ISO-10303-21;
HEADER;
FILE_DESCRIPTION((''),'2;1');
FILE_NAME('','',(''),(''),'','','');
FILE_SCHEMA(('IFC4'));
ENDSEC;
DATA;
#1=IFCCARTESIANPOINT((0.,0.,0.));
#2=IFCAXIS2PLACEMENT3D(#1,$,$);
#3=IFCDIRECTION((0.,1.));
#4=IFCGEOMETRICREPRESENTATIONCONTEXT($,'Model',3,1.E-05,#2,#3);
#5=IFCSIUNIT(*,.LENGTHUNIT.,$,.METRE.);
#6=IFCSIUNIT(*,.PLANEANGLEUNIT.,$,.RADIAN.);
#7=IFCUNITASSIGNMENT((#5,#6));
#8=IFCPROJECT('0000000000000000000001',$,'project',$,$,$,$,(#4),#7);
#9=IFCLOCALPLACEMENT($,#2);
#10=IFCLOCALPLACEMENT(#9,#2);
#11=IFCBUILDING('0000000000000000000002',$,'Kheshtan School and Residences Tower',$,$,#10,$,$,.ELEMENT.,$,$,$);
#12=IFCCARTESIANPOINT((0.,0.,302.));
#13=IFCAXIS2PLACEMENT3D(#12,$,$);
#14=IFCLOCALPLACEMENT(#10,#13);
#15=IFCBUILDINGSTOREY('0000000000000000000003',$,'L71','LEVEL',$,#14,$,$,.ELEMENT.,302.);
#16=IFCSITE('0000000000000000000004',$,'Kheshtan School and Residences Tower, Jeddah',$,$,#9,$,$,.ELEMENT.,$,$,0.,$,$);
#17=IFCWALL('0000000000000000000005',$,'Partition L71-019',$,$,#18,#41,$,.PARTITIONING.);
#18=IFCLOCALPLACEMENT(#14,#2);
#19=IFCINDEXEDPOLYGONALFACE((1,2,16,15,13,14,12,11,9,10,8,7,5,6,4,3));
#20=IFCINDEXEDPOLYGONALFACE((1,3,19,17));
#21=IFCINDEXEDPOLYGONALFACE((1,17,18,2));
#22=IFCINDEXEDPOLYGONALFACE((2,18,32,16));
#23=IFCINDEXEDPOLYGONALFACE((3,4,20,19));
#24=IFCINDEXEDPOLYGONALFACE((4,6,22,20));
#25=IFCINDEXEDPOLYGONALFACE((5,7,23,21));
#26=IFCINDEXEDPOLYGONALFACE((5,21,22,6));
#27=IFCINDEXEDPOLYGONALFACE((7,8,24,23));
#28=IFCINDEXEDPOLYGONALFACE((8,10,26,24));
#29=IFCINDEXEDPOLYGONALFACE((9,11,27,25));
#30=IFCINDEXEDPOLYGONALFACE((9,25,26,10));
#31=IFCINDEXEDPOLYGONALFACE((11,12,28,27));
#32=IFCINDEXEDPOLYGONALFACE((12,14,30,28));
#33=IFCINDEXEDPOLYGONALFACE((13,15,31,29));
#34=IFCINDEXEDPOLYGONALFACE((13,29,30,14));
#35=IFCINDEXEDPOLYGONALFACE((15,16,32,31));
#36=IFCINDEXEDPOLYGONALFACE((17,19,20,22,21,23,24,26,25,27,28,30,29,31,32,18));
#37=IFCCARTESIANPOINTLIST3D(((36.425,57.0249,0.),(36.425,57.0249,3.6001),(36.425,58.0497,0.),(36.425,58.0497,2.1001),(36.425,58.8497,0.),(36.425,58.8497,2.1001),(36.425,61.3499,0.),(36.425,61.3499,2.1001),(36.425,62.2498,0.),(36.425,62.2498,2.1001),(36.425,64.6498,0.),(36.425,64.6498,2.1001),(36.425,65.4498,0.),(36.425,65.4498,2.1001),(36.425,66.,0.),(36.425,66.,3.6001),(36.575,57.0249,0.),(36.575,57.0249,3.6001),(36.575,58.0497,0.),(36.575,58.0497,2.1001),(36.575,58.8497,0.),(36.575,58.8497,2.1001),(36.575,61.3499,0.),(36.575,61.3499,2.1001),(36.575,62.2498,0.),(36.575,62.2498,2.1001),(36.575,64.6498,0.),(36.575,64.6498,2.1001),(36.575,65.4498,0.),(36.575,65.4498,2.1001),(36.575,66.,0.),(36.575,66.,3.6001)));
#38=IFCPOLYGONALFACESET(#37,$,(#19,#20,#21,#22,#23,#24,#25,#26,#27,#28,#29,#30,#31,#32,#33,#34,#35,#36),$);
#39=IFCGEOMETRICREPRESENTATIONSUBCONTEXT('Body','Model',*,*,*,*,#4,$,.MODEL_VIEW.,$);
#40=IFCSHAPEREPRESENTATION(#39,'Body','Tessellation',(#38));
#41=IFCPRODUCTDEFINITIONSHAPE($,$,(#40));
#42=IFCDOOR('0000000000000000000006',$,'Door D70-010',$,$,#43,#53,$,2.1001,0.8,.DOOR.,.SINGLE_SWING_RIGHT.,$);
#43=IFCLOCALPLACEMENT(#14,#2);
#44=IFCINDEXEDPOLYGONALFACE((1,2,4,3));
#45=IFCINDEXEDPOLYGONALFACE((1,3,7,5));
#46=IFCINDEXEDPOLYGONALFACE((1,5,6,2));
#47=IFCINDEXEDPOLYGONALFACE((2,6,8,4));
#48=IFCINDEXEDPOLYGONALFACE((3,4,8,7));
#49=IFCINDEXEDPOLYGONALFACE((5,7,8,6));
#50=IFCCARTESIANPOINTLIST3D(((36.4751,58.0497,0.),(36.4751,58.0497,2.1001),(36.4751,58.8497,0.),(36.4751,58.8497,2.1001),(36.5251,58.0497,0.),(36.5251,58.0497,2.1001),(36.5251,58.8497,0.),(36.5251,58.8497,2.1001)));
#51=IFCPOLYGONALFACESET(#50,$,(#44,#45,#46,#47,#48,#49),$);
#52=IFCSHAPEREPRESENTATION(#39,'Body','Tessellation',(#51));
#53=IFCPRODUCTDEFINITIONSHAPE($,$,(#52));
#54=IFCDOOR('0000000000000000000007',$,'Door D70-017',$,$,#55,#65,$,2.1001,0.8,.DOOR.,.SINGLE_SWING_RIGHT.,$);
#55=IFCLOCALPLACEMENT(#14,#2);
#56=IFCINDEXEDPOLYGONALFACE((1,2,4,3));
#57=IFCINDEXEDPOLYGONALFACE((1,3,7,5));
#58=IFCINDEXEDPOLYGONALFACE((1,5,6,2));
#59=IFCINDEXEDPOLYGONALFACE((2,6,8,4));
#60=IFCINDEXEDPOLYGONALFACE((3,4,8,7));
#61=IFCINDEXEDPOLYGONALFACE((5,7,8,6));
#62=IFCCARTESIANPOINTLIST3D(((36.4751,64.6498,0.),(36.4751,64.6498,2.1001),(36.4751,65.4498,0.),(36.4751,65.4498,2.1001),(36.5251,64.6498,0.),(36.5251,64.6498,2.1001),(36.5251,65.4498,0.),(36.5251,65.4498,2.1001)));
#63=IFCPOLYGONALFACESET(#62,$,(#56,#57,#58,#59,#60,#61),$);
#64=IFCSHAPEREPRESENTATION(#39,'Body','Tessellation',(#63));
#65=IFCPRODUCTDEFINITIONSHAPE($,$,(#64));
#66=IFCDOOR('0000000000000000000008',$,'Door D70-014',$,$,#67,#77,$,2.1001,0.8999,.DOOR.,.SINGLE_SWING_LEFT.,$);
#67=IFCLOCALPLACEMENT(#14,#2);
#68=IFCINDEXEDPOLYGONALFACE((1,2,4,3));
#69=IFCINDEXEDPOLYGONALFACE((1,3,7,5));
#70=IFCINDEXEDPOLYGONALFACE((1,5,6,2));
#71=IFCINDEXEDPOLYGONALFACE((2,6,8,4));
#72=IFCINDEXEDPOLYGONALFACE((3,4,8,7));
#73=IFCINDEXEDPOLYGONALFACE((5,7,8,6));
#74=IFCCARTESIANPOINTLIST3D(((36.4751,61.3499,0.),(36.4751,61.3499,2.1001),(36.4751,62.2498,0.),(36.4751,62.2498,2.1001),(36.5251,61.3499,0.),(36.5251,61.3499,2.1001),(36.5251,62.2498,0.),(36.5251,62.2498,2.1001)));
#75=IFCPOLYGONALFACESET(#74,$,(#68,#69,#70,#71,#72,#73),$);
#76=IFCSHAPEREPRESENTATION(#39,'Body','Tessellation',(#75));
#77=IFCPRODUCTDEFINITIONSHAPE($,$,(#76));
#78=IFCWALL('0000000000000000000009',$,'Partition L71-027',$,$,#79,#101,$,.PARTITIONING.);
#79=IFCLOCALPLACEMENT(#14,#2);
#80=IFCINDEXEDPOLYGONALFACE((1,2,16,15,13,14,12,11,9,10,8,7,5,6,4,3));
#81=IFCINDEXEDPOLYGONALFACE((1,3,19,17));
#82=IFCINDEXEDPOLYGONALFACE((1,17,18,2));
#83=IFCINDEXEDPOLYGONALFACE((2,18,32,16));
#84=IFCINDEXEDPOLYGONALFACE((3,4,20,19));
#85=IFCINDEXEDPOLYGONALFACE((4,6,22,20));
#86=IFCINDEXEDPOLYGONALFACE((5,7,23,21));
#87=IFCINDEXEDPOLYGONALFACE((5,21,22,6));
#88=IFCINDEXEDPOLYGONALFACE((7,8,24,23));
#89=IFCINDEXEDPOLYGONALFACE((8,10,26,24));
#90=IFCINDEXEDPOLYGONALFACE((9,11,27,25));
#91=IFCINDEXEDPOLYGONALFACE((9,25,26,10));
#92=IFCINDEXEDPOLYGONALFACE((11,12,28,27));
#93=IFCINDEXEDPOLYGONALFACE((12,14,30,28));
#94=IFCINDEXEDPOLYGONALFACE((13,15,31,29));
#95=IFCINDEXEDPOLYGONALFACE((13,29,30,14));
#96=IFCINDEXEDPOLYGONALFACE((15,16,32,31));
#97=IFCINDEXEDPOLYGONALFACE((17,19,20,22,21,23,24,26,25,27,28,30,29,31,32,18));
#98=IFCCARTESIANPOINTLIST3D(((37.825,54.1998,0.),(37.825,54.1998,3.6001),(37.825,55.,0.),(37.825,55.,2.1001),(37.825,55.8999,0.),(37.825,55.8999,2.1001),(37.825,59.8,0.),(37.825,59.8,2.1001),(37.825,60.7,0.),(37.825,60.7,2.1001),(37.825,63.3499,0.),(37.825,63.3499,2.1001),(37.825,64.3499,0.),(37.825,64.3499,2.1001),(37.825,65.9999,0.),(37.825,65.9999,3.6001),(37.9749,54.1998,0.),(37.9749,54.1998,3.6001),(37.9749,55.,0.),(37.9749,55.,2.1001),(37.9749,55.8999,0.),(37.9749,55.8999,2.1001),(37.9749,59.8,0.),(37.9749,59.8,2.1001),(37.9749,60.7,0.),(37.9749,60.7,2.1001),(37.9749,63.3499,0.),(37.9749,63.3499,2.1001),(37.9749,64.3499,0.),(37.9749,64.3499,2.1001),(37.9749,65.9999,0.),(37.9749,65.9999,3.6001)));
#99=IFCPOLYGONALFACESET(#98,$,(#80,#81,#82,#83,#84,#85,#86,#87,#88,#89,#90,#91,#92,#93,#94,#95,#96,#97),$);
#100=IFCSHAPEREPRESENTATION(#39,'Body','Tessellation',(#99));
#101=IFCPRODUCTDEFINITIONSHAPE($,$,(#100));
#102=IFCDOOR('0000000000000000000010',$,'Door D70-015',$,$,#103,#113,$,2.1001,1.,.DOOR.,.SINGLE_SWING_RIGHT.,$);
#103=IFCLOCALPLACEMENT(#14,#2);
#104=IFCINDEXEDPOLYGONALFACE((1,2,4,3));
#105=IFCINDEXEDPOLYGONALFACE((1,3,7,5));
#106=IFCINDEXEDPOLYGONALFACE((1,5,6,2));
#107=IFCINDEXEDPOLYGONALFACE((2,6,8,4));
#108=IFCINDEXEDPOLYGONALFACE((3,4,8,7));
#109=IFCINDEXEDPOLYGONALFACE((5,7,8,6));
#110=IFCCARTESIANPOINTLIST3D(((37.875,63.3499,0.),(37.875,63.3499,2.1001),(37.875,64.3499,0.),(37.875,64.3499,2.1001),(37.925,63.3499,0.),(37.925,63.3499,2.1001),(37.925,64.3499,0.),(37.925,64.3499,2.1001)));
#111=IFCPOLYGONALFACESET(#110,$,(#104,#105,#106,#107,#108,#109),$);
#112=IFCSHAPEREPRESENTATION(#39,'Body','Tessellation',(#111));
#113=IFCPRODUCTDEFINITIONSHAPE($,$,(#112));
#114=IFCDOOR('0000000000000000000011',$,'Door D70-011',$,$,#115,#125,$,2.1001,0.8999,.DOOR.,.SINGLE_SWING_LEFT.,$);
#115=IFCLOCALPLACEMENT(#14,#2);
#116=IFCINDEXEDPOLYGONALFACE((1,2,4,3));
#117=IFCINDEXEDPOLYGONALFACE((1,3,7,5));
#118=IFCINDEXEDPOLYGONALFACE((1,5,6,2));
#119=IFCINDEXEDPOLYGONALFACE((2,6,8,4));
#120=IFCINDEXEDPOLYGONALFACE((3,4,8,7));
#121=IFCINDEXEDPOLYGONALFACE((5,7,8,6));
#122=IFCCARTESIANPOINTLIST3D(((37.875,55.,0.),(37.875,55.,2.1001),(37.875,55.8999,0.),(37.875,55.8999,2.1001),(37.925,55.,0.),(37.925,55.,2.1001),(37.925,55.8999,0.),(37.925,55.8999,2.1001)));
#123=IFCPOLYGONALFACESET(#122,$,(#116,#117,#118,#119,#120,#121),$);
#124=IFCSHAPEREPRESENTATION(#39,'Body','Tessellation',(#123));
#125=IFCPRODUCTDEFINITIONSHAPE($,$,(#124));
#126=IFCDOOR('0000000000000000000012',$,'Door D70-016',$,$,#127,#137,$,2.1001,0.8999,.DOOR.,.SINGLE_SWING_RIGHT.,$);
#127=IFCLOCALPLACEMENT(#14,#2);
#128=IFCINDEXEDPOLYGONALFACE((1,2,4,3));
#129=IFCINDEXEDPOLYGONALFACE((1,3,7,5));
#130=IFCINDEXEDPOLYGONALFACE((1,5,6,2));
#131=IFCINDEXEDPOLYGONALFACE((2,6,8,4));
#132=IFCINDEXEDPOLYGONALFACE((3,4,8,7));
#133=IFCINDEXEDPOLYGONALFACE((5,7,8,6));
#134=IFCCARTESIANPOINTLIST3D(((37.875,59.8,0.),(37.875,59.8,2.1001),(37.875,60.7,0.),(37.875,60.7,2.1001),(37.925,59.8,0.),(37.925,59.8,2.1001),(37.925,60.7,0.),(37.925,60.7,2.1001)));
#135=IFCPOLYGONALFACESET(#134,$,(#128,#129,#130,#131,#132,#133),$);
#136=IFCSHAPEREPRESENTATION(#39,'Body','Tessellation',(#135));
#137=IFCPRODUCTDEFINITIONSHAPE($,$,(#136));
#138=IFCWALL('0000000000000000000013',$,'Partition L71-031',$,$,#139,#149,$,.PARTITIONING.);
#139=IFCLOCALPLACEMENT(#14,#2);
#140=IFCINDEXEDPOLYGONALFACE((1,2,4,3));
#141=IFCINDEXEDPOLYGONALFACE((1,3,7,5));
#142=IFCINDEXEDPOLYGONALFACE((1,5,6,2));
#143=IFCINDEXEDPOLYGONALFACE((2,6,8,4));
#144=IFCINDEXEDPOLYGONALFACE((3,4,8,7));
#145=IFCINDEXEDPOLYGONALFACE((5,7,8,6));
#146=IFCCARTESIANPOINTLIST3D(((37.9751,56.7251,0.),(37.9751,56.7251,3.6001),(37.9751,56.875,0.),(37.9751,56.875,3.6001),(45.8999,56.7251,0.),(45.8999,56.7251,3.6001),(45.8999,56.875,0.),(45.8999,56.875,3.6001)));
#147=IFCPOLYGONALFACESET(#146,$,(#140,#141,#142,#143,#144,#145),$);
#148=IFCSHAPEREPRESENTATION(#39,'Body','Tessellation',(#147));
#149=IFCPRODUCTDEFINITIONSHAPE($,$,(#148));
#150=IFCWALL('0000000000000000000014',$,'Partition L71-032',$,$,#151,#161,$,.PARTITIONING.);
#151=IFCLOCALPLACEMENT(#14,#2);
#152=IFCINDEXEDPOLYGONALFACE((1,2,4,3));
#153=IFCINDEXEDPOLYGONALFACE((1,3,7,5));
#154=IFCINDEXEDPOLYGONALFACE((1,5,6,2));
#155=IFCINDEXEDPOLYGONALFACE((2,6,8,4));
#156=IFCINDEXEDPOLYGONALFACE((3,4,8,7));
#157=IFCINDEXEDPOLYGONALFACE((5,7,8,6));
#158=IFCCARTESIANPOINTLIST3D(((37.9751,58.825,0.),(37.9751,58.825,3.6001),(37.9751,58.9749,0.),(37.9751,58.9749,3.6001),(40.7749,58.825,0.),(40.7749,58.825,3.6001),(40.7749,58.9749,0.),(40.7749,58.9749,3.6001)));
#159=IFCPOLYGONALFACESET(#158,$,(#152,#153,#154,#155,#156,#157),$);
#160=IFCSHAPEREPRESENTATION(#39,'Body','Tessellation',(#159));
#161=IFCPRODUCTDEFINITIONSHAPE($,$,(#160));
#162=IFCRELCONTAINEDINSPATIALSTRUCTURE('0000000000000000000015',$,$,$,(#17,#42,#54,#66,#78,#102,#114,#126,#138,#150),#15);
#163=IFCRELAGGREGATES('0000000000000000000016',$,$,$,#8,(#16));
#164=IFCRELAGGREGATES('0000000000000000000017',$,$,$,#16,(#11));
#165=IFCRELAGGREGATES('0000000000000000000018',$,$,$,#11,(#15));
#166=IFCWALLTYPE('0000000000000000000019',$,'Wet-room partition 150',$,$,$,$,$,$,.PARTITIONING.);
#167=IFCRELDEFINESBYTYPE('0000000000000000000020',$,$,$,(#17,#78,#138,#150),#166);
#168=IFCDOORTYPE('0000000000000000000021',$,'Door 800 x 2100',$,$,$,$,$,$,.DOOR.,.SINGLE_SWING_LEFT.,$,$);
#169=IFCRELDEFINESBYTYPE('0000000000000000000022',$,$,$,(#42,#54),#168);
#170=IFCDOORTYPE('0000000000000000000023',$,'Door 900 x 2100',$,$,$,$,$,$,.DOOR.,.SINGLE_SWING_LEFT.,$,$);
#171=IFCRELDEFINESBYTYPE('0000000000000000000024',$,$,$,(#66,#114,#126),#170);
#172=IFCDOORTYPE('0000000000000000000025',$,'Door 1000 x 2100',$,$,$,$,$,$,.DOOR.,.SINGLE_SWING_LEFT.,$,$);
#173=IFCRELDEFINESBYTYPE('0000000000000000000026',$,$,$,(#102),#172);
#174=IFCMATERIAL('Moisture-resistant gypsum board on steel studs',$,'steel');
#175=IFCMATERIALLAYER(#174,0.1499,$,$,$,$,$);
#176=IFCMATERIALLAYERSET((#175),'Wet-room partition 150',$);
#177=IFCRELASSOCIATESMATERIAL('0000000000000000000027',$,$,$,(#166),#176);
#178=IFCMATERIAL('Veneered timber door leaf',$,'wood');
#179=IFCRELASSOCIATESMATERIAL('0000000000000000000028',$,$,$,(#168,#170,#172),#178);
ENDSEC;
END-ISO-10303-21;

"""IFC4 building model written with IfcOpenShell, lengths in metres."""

from ifc_helpers import new_model, si_unit, direction, frame, frame_2d, origin, place, context, subcontext, project, spatial, rectangle, extrude, source, transform, mapped, material, layer, layer_set, type_object, element, fill, save


model = new_model("IFC4")

# Units and contexts
model_context = context("Model", 3, precision=1e-05, world=origin(), true_north=direction((0.0, 1.0)))
body_context = subcontext(model_context, "Body", "Model", "MODEL_VIEW")
ifc_project = project(units=[si_unit("LENGTHUNIT", "METRE"), si_unit("PLANEANGLEUNIT", "RADIAN")], contexts=[model_context])

# Site, building, storey
site_placement = place(None, origin())
site = spatial("IfcSite", under=ifc_project, at=site_placement, Name="Kheshtan School and Residences Tower, Jeddah", CompositionType="ELEMENT", RefElevation=0.0)
building_placement = place(site_placement, origin())
building = spatial("IfcBuilding", under=site, at=building_placement, Name="Kheshtan School and Residences Tower", CompositionType="ELEMENT")
storey_placement = place(building_placement, frame((0.0, 0.0, 302.0)))
storey = spatial("IfcBuildingStorey", under=building, at=storey_placement, Name="L71", Description="LEVEL", CompositionType="ELEMENT", Elevation=302.0)

# Shared definitions
ifc_material_1 = material(Name="Moisture-resistant gypsum board on steel studs", Category="steel")
ifc_layer_1 = layer(ifc_material_1, 0.1499)
ifc_layer_set_1 = layer_set([ifc_layer_1], Name="Wet-room partition 150")
wall_type_1 = type_object("IfcWallType", Name="Wet-room partition 150", PredefinedType="PARTITIONING", material=ifc_layer_set_1)

# Walls, openings, doors
wall_1_placement = place(storey_placement, frame((36.5, 57.0249, 0.0), z_axis=(0.0, 0.0, 1.0), x_axis=(0.0, 1.0, 0.0)))
wall_1 = element("IfcWall", 1, at=wall_1_placement, inside=storey, type_object=wall_type_1, Name="Partition L71-019", PredefinedType="PARTITIONING", context=body_context, shape_type="SweptSolid", body=[
    extrude(rectangle(XDim=8.9751, YDim=0.1499, at=frame_2d((4.4875, 0.0))), origin(), (0.0, 0.0, 1.0), 3.6001),
])
opening_1_placement = place(wall_1_placement, frame((1.0249, 0.0, 0.0)))
opening_1 = element("IfcOpeningElement", 2, at=opening_1_placement, cuts=wall_1, PredefinedType="OPENING", context=body_context, shape_type="SweptSolid", body=[
    extrude(rectangle(XDim=0.8, YDim=2.1001, at=frame_2d((0.3999, 1.05))), frame((0.0, 0.085, 0.0), z_axis=(0.0, -1.0, 0.0), x_axis=(1.0, 0.0, 0.0)), (0.0, 0.0, 1.0), 0.1699),
])
opening_2_placement = place(wall_1_placement, frame((4.325, 0.0, 0.0)))
opening_2 = element("IfcOpeningElement", 3, at=opening_2_placement, cuts=wall_1, PredefinedType="OPENING", context=body_context, shape_type="SweptSolid", body=[
    extrude(rectangle(XDim=0.8999, YDim=2.1001, at=frame_2d((0.45, 1.05))), frame((0.0, 0.085, 0.0), z_axis=(0.0, -1.0, 0.0), x_axis=(1.0, 0.0, 0.0)), (0.0, 0.0, 1.0), 0.1699),
])
opening_3_placement = place(wall_1_placement, frame((7.625, 0.0, 0.0)))
opening_3 = element("IfcOpeningElement", 4, at=opening_3_placement, cuts=wall_1, PredefinedType="OPENING", context=body_context, shape_type="SweptSolid", body=[
    extrude(rectangle(XDim=0.8, YDim=2.1001, at=frame_2d((0.3999, 1.05))), frame((0.0, 0.085, 0.0), z_axis=(0.0, -1.0, 0.0), x_axis=(1.0, 0.0, 0.0)), (0.0, 0.0, 1.0), 0.1699),
])
ifc_material_2 = material(Name="Veneered timber door leaf", Category="wood")
door_type_1 = type_object("IfcDoorType", Name="Door 800 x 2100", OperationType="SINGLE_SWING_LEFT", PredefinedType="DOOR", material=ifc_material_2)
shared_shape_1 = source(origin(), body_context, "Body", "SweptSolid", [
    extrude(rectangle(XDim=0.8, YDim=2.1001, at=frame_2d((0.3999, 1.05))), frame((0.0, 0.0249, 0.0), z_axis=(0.0, -1.0, 0.0), x_axis=(1.0, 0.0, 0.0)), (0.0, 0.0, 1.0), 0.05),
])
door_1_placement = place(opening_1_placement, origin())
door_1 = element("IfcDoor", 5, at=door_1_placement, inside=storey, type_object=door_type_1, Name="Door D70-010", OperationType="SINGLE_SWING_RIGHT", OverallHeight=2.1001, OverallWidth=0.8, PredefinedType="DOOR", context=body_context, shape_type="MappedRepresentation", body=[
    mapped(shared_shape_1, transform((0.0, 0.0, 0.0), x_axis=(1.0, 0.0, 0.0), y_axis=(0.0, 1.0, 0.0), z_axis=(0.0, 0.0, 1.0), scale=1.0)),
])
fill(opening_1, door_1)
door_2_placement = place(opening_3_placement, origin())
door_2 = element("IfcDoor", 6, at=door_2_placement, inside=storey, type_object=door_type_1, Name="Door D70-017", OperationType="SINGLE_SWING_RIGHT", OverallHeight=2.1001, OverallWidth=0.8, PredefinedType="DOOR", context=body_context, shape_type="MappedRepresentation", body=[
    mapped(shared_shape_1, transform((0.0, 0.0, 0.0), x_axis=(1.0, 0.0, 0.0), y_axis=(0.0, 1.0, 0.0), z_axis=(0.0, 0.0, 1.0), scale=1.0)),
])
fill(opening_3, door_2)
door_type_2 = type_object("IfcDoorType", Name="Door 900 x 2100", OperationType="SINGLE_SWING_LEFT", PredefinedType="DOOR", material=ifc_material_2)
shared_shape_2 = source(origin(), body_context, "Body", "SweptSolid", [
    extrude(rectangle(XDim=0.8999, YDim=2.1001, at=frame_2d((0.45, 1.05))), frame((0.0, 0.0249, 0.0), z_axis=(0.0, -1.0, 0.0), x_axis=(1.0, 0.0, 0.0)), (0.0, 0.0, 1.0), 0.05),
])
door_3_placement = place(opening_2_placement, origin())
door_3 = element("IfcDoor", 7, at=door_3_placement, inside=storey, type_object=door_type_2, Name="Door D70-014", OperationType="SINGLE_SWING_LEFT", OverallHeight=2.1001, OverallWidth=0.8999, PredefinedType="DOOR", context=body_context, shape_type="MappedRepresentation", body=[
    mapped(shared_shape_2, transform((0.0, 0.0, 0.0), x_axis=(1.0, 0.0, 0.0), y_axis=(0.0, 1.0, 0.0), z_axis=(0.0, 0.0, 1.0), scale=1.0)),
])
fill(opening_2, door_3)
wall_2_placement = place(storey_placement, frame((37.8999, 54.2, 0.0), z_axis=(0.0, 0.0, 1.0), x_axis=(0.0, 1.0, 0.0)))
wall_2 = element("IfcWall", 8, at=wall_2_placement, inside=storey, type_object=wall_type_1, Name="Partition L71-027", PredefinedType="PARTITIONING", context=body_context, shape_type="SweptSolid", body=[
    extrude(rectangle(XDim=11.8, YDim=0.1499, at=frame_2d((5.8999, 0.0))), origin(), (0.0, 0.0, 1.0), 3.6001),
])
opening_4_placement = place(wall_2_placement, frame((0.8, 0.0, 0.0)))
opening_4 = element("IfcOpeningElement", 9, at=opening_4_placement, cuts=wall_2, PredefinedType="OPENING", context=body_context, shape_type="SweptSolid", body=[
    extrude(rectangle(XDim=0.8999, YDim=2.1001, at=frame_2d((0.45, 1.05))), frame((0.0, 0.085, 0.0), z_axis=(0.0, -1.0, 0.0), x_axis=(1.0, 0.0, 0.0)), (0.0, 0.0, 1.0), 0.1699),
])
opening_5_placement = place(wall_2_placement, frame((9.1499, 0.0, 0.0)))
opening_5 = element("IfcOpeningElement", 10, at=opening_5_placement, cuts=wall_2, PredefinedType="OPENING", context=body_context, shape_type="SweptSolid", body=[
    extrude(rectangle(XDim=1.0, YDim=2.1001, at=frame_2d((0.5, 1.05))), frame((0.0, 0.085, 0.0), z_axis=(0.0, -1.0, 0.0), x_axis=(1.0, 0.0, 0.0)), (0.0, 0.0, 1.0), 0.1699),
])
opening_6_placement = place(wall_2_placement, frame((5.6001, 0.0, 0.0)))
opening_6 = element("IfcOpeningElement", 11, at=opening_6_placement, cuts=wall_2, PredefinedType="OPENING", context=body_context, shape_type="SweptSolid", body=[
    extrude(rectangle(XDim=0.8999, YDim=2.1001, at=frame_2d((0.45, 1.05))), frame((0.0, 0.085, 0.0), z_axis=(0.0, -1.0, 0.0), x_axis=(1.0, 0.0, 0.0)), (0.0, 0.0, 1.0), 0.1699),
])
door_type_3 = type_object("IfcDoorType", Name="Door 1000 x 2100", OperationType="SINGLE_SWING_LEFT", PredefinedType="DOOR", material=ifc_material_2)
shared_shape_3 = source(origin(), body_context, "Body", "SweptSolid", [
    extrude(rectangle(XDim=1.0, YDim=2.1001, at=frame_2d((0.5, 1.05))), frame((0.0, 0.0249, 0.0), z_axis=(0.0, -1.0, 0.0), x_axis=(1.0, 0.0, 0.0)), (0.0, 0.0, 1.0), 0.05),
])
door_4_placement = place(opening_5_placement, origin())
door_4 = element("IfcDoor", 12, at=door_4_placement, inside=storey, type_object=door_type_3, Name="Door D70-015", OperationType="SINGLE_SWING_RIGHT", OverallHeight=2.1001, OverallWidth=1.0, PredefinedType="DOOR", context=body_context, shape_type="MappedRepresentation", body=[
    mapped(shared_shape_3, transform((0.0, 0.0, 0.0), x_axis=(1.0, 0.0, 0.0), y_axis=(0.0, 1.0, 0.0), z_axis=(0.0, 0.0, 1.0), scale=1.0)),
])
fill(opening_5, door_4)
door_5_placement = place(opening_4_placement, origin())
door_5 = element("IfcDoor", 13, at=door_5_placement, inside=storey, type_object=door_type_2, Name="Door D70-011", OperationType="SINGLE_SWING_LEFT", OverallHeight=2.1001, OverallWidth=0.8999, PredefinedType="DOOR", context=body_context, shape_type="MappedRepresentation", body=[
    mapped(shared_shape_2, transform((0.0, 0.0, 0.0), x_axis=(1.0, 0.0, 0.0), y_axis=(0.0, 1.0, 0.0), z_axis=(0.0, 0.0, 1.0), scale=1.0)),
])
fill(opening_4, door_5)
door_6_placement = place(opening_6_placement, origin())
door_6 = element("IfcDoor", 14, at=door_6_placement, inside=storey, type_object=door_type_2, Name="Door D70-016", OperationType="SINGLE_SWING_RIGHT", OverallHeight=2.1001, OverallWidth=0.8999, PredefinedType="DOOR", context=body_context, shape_type="MappedRepresentation", body=[
    mapped(shared_shape_2, transform((0.0, 0.0, 0.0), x_axis=(1.0, 0.0, 0.0), y_axis=(0.0, 1.0, 0.0), z_axis=(0.0, 0.0, 1.0), scale=1.0)),
])
fill(opening_6, door_6)

# Walls
wall_3_placement = place(storey_placement, frame((37.9751, 56.8, 0.0), z_axis=(0.0, 0.0, 1.0), x_axis=(1.0, 0.0, 0.0)))
element("IfcWall", 15, at=wall_3_placement, inside=storey, type_object=wall_type_1, Name="Partition L71-031", PredefinedType="PARTITIONING", context=body_context, shape_type="SweptSolid", body=[
    extrude(rectangle(XDim=7.9248, YDim=0.1499, at=frame_2d((3.9624, 0.0))), origin(), (0.0, 0.0, 1.0), 3.6001),
])
wall_4_placement = place(storey_placement, frame((37.9751, 58.8999, 0.0), z_axis=(0.0, 0.0, 1.0), x_axis=(1.0, 0.0, 0.0)))
element("IfcWall", 16, at=wall_4_placement, inside=storey, type_object=wall_type_1, Name="Partition L71-032", PredefinedType="PARTITIONING", context=body_context, shape_type="SweptSolid", body=[
    extrude(rectangle(XDim=2.7998, YDim=0.1499, at=frame_2d((1.3999, 0.0))), origin(), (0.0, 0.0, 1.0), 3.6001),
])

save(model, "model.ifc")
